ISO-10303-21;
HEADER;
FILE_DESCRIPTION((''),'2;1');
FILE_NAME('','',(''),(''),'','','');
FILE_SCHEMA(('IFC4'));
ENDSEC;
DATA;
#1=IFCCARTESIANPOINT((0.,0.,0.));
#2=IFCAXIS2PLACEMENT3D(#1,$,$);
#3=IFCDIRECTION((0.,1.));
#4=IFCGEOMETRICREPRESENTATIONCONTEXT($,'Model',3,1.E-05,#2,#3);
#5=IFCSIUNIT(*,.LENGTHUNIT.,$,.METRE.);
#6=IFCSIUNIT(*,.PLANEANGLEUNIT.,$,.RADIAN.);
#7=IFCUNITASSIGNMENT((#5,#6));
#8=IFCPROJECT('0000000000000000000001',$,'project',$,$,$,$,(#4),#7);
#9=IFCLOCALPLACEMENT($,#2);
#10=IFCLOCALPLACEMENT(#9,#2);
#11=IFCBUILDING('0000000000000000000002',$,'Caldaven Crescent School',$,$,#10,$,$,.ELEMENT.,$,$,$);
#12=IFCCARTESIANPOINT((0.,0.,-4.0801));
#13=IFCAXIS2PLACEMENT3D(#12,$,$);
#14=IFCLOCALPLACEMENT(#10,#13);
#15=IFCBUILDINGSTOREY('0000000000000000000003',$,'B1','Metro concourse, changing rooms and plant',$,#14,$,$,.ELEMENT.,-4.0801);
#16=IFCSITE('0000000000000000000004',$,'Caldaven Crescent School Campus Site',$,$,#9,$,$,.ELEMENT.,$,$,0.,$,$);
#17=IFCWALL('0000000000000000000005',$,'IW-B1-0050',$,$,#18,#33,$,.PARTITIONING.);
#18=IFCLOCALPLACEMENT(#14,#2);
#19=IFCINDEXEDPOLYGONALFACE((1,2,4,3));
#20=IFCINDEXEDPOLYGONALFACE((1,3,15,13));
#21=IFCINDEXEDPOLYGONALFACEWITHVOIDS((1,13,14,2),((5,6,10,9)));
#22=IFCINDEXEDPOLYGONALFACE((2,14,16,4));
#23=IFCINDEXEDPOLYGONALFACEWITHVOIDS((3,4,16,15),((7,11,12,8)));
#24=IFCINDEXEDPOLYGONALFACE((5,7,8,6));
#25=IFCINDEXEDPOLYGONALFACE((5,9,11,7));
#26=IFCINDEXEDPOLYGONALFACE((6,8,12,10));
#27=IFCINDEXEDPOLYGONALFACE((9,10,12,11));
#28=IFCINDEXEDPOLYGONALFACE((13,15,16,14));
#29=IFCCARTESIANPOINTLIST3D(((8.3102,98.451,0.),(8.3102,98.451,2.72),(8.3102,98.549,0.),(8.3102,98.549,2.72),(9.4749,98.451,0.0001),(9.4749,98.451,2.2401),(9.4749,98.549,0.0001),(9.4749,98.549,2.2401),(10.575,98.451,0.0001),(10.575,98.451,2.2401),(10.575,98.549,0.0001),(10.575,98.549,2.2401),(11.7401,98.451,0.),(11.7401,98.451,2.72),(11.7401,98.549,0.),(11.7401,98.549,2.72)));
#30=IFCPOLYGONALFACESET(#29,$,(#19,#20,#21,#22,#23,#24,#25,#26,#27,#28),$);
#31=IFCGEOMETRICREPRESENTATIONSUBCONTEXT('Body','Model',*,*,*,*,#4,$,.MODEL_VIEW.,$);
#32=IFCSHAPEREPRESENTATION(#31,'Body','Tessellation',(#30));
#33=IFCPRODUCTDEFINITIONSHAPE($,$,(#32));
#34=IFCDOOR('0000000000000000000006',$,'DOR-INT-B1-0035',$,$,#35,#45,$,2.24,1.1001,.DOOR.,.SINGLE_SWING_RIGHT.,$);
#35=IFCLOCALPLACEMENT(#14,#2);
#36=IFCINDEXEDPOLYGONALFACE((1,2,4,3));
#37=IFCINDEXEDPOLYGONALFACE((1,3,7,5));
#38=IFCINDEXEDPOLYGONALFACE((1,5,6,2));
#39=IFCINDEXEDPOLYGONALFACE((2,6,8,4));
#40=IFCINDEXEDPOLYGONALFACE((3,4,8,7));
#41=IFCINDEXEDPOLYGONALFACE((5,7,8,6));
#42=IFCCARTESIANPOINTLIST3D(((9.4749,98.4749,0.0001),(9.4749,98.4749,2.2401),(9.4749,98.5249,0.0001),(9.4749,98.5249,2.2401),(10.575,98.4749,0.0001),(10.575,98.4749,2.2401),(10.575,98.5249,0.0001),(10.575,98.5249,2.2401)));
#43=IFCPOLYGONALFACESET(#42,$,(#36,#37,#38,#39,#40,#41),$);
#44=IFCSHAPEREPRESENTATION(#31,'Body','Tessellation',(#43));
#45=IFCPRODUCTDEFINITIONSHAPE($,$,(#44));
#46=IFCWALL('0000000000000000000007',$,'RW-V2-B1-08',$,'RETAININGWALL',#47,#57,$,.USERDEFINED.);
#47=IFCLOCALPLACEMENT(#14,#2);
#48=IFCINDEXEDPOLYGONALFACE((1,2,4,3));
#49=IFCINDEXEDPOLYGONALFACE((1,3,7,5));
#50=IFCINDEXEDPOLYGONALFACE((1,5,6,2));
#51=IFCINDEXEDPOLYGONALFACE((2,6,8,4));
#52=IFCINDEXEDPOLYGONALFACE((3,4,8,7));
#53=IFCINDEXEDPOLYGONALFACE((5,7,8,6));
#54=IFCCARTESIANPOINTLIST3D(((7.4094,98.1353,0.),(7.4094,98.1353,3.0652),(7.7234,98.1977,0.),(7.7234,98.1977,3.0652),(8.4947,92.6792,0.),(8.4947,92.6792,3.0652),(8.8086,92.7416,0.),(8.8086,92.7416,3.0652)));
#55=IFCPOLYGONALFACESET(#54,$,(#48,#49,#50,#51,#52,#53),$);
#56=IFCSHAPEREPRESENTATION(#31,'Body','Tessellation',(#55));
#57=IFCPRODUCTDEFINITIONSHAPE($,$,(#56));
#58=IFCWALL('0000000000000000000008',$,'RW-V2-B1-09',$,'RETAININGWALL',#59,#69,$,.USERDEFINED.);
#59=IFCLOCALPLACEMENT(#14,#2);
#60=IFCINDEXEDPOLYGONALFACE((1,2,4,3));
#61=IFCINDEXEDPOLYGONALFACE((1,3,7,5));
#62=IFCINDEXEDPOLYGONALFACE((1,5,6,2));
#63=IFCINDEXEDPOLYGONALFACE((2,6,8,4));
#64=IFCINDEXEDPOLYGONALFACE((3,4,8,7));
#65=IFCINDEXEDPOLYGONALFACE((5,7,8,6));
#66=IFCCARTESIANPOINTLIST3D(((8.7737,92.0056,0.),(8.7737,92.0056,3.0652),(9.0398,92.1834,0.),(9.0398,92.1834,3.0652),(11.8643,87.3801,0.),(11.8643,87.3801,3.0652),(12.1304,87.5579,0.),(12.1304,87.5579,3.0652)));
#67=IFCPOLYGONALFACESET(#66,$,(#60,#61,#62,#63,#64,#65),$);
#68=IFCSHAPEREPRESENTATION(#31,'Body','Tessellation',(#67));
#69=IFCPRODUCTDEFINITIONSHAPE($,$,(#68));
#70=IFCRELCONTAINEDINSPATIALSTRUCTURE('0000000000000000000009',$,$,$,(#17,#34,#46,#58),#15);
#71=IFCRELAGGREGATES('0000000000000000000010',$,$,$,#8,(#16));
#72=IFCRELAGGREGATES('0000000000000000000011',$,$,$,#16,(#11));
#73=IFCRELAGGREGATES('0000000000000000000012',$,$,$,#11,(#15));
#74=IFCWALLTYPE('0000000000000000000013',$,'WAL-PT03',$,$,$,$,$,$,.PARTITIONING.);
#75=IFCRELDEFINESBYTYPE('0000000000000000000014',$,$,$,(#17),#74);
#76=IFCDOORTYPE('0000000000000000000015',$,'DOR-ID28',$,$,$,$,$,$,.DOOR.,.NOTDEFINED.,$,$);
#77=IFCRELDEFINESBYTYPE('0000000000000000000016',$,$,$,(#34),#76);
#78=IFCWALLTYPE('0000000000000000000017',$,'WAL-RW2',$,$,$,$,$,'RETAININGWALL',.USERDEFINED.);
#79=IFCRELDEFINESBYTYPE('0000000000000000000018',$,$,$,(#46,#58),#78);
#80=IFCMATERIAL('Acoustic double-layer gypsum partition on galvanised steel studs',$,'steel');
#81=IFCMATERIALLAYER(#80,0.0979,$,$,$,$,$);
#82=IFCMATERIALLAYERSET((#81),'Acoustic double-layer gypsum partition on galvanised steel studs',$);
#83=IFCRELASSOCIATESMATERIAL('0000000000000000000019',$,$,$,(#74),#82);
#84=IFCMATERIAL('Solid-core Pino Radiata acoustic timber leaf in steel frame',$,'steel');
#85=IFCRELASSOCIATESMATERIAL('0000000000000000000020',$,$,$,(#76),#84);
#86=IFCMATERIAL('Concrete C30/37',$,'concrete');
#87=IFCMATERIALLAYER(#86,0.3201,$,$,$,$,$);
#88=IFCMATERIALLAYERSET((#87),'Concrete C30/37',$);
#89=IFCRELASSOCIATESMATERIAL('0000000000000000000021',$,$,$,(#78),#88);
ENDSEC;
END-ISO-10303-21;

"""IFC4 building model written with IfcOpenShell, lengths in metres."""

from ifc_helpers import new_model, si_unit, direction, frame, frame_2d, origin, place, context, subcontext, project, spatial, rectangle, extrude, material, layer, layer_set, type_object, element, fill, save


model = new_model("IFC4")

# Units and contexts
model_context = context("Model", 3, precision=1e-05, world=origin(), true_north=direction((0.0, 1.0)))
body_context = subcontext(model_context, "Body", "Model", "MODEL_VIEW")
ifc_project = project(units=[si_unit("LENGTHUNIT", "METRE"), si_unit("PLANEANGLEUNIT", "RADIAN")], contexts=[model_context])

# Site, building, storey
site_placement = place(None, origin())
site = spatial("IfcSite", under=ifc_project, at=site_placement, Name="Caldaven Crescent School Campus Site", CompositionType="ELEMENT", RefElevation=0.0)
building_placement = place(site_placement, origin())
building = spatial("IfcBuilding", under=site, at=building_placement, Name="Caldaven Crescent School", CompositionType="ELEMENT")
storey_placement = place(building_placement, frame((0.0, 0.0, -4.0801)))
storey = spatial("IfcBuildingStorey", under=building, at=storey_placement, Name="B1", Description="Metro concourse, changing rooms and plant", CompositionType="ELEMENT", Elevation=-4.0801)

# Shared definitions
ifc_material_1 = material(Name="Concrete C30/37", Category="concrete")

# Wall, opening, door
ifc_material_2 = material(Name="Solid-core Pino Radiata acoustic timber leaf in steel frame", Category="steel")
ifc_material_3 = material(Name="Acoustic double-layer gypsum partition on galvanised steel studs", Category="steel")
ifc_layer_1 = layer(ifc_material_3, 0.0979)
ifc_layer_set_1 = layer_set([ifc_layer_1], Name="Acoustic double-layer gypsum partition on galvanised steel studs")
wall_type_1 = type_object("IfcWallType", Name="WAL-PT03", PredefinedType="PARTITIONING", material=ifc_layer_set_1)
wall_1_placement = place(storey_placement, frame((11.74, 98.5, 0.0), z_axis=(0.0, 0.0, 1.0), x_axis=(-1.0, 0.0, 0.0)))
wall_1 = element("IfcWall", 1, at=wall_1_placement, inside=storey, type_object=wall_type_1, Name="IW-B1-0050", PredefinedType="PARTITIONING", context=body_context, shape_type="SweptSolid", body=[
    extrude(rectangle(XDim=3.4299, YDim=0.0979, at=frame_2d((1.7148, 0.0))), origin(), (0.0, 0.0, 1.0), 2.72),
])
opening_1_placement = place(wall_1_placement, frame((1.165, 0.0, 0.0)))
opening_1 = element("IfcOpeningElement", 2, at=opening_1_placement, cuts=wall_1, PredefinedType="OPENING", context=body_context, shape_type="SweptSolid", body=[
    extrude(rectangle(XDim=1.1001, YDim=2.24, at=frame_2d((0.55, 1.1201))), frame((0.0, 0.0588, 0.0), z_axis=(0.0, -1.0, 0.0), x_axis=(1.0, 0.0, 0.0)), (0.0, 0.0, 1.0), 0.1179),
])
door_type_1 = type_object("IfcDoorType", Name="DOR-ID28", OperationType="NOTDEFINED", PredefinedType="DOOR", material=ifc_material_2)
door_1_placement = place(opening_1_placement, frame((1.1001, 0.0, 0.0), z_axis=(0.0, 0.0, 1.0), x_axis=(-1.0, 0.0, 0.0)))
door_1 = element("IfcDoor", 3, at=door_1_placement, inside=storey, type_object=door_type_1, Name="DOR-INT-B1-0035", OperationType="SINGLE_SWING_RIGHT", OverallHeight=2.24, OverallWidth=1.1001, PredefinedType="DOOR", context=body_context, shape_type="SweptSolid", body=[
    extrude(rectangle(XDim=1.1001, YDim=2.24, at=frame_2d((0.55, 1.1201))), frame((0.0, 0.0249, 0.0), z_axis=(0.0, -1.0, 0.0), x_axis=(1.0, 0.0, 0.0)), (0.0, 0.0, 1.0), 0.05),
])
fill(opening_1, door_1)

# Walls
ifc_layer_2 = layer(ifc_material_1, 0.3201)
ifc_layer_set_2 = layer_set([ifc_layer_2], Name="Concrete C30/37")
wall_type_2 = type_object("IfcWallType", Name="WAL-RW2", ElementType="RETAININGWALL", PredefinedType="USERDEFINED", material=ifc_layer_set_2)
for number, where, z_axis, x_axis, name in (
    (4, (7.5664, 98.1665, 0.0), (0.0, 0.0, 1.0), (0.195078, -0.980788, 0.0), "RW-V2-B1-08"),
    (5, (8.9067, 92.0945, 0.0), (0.0, 0.0, 1.0), (0.555561, -0.831476, 0.0), "RW-V2-B1-09"),
):
    element("IfcWall", number, at=place(storey_placement, frame(where, z_axis=z_axis, x_axis=x_axis)), inside=storey, type_object=wall_type_2, Name=name, ObjectType="RETAININGWALL", PredefinedType="USERDEFINED", context=body_context, shape_type="SweptSolid", body=[
        extrude(rectangle(XDim=5.563, YDim=0.3201, at=frame_2d((2.7815, 0.0))), origin(), (0.0, 0.0, 1.0), 3.0652),
    ])

save(model, "model.ifc")
